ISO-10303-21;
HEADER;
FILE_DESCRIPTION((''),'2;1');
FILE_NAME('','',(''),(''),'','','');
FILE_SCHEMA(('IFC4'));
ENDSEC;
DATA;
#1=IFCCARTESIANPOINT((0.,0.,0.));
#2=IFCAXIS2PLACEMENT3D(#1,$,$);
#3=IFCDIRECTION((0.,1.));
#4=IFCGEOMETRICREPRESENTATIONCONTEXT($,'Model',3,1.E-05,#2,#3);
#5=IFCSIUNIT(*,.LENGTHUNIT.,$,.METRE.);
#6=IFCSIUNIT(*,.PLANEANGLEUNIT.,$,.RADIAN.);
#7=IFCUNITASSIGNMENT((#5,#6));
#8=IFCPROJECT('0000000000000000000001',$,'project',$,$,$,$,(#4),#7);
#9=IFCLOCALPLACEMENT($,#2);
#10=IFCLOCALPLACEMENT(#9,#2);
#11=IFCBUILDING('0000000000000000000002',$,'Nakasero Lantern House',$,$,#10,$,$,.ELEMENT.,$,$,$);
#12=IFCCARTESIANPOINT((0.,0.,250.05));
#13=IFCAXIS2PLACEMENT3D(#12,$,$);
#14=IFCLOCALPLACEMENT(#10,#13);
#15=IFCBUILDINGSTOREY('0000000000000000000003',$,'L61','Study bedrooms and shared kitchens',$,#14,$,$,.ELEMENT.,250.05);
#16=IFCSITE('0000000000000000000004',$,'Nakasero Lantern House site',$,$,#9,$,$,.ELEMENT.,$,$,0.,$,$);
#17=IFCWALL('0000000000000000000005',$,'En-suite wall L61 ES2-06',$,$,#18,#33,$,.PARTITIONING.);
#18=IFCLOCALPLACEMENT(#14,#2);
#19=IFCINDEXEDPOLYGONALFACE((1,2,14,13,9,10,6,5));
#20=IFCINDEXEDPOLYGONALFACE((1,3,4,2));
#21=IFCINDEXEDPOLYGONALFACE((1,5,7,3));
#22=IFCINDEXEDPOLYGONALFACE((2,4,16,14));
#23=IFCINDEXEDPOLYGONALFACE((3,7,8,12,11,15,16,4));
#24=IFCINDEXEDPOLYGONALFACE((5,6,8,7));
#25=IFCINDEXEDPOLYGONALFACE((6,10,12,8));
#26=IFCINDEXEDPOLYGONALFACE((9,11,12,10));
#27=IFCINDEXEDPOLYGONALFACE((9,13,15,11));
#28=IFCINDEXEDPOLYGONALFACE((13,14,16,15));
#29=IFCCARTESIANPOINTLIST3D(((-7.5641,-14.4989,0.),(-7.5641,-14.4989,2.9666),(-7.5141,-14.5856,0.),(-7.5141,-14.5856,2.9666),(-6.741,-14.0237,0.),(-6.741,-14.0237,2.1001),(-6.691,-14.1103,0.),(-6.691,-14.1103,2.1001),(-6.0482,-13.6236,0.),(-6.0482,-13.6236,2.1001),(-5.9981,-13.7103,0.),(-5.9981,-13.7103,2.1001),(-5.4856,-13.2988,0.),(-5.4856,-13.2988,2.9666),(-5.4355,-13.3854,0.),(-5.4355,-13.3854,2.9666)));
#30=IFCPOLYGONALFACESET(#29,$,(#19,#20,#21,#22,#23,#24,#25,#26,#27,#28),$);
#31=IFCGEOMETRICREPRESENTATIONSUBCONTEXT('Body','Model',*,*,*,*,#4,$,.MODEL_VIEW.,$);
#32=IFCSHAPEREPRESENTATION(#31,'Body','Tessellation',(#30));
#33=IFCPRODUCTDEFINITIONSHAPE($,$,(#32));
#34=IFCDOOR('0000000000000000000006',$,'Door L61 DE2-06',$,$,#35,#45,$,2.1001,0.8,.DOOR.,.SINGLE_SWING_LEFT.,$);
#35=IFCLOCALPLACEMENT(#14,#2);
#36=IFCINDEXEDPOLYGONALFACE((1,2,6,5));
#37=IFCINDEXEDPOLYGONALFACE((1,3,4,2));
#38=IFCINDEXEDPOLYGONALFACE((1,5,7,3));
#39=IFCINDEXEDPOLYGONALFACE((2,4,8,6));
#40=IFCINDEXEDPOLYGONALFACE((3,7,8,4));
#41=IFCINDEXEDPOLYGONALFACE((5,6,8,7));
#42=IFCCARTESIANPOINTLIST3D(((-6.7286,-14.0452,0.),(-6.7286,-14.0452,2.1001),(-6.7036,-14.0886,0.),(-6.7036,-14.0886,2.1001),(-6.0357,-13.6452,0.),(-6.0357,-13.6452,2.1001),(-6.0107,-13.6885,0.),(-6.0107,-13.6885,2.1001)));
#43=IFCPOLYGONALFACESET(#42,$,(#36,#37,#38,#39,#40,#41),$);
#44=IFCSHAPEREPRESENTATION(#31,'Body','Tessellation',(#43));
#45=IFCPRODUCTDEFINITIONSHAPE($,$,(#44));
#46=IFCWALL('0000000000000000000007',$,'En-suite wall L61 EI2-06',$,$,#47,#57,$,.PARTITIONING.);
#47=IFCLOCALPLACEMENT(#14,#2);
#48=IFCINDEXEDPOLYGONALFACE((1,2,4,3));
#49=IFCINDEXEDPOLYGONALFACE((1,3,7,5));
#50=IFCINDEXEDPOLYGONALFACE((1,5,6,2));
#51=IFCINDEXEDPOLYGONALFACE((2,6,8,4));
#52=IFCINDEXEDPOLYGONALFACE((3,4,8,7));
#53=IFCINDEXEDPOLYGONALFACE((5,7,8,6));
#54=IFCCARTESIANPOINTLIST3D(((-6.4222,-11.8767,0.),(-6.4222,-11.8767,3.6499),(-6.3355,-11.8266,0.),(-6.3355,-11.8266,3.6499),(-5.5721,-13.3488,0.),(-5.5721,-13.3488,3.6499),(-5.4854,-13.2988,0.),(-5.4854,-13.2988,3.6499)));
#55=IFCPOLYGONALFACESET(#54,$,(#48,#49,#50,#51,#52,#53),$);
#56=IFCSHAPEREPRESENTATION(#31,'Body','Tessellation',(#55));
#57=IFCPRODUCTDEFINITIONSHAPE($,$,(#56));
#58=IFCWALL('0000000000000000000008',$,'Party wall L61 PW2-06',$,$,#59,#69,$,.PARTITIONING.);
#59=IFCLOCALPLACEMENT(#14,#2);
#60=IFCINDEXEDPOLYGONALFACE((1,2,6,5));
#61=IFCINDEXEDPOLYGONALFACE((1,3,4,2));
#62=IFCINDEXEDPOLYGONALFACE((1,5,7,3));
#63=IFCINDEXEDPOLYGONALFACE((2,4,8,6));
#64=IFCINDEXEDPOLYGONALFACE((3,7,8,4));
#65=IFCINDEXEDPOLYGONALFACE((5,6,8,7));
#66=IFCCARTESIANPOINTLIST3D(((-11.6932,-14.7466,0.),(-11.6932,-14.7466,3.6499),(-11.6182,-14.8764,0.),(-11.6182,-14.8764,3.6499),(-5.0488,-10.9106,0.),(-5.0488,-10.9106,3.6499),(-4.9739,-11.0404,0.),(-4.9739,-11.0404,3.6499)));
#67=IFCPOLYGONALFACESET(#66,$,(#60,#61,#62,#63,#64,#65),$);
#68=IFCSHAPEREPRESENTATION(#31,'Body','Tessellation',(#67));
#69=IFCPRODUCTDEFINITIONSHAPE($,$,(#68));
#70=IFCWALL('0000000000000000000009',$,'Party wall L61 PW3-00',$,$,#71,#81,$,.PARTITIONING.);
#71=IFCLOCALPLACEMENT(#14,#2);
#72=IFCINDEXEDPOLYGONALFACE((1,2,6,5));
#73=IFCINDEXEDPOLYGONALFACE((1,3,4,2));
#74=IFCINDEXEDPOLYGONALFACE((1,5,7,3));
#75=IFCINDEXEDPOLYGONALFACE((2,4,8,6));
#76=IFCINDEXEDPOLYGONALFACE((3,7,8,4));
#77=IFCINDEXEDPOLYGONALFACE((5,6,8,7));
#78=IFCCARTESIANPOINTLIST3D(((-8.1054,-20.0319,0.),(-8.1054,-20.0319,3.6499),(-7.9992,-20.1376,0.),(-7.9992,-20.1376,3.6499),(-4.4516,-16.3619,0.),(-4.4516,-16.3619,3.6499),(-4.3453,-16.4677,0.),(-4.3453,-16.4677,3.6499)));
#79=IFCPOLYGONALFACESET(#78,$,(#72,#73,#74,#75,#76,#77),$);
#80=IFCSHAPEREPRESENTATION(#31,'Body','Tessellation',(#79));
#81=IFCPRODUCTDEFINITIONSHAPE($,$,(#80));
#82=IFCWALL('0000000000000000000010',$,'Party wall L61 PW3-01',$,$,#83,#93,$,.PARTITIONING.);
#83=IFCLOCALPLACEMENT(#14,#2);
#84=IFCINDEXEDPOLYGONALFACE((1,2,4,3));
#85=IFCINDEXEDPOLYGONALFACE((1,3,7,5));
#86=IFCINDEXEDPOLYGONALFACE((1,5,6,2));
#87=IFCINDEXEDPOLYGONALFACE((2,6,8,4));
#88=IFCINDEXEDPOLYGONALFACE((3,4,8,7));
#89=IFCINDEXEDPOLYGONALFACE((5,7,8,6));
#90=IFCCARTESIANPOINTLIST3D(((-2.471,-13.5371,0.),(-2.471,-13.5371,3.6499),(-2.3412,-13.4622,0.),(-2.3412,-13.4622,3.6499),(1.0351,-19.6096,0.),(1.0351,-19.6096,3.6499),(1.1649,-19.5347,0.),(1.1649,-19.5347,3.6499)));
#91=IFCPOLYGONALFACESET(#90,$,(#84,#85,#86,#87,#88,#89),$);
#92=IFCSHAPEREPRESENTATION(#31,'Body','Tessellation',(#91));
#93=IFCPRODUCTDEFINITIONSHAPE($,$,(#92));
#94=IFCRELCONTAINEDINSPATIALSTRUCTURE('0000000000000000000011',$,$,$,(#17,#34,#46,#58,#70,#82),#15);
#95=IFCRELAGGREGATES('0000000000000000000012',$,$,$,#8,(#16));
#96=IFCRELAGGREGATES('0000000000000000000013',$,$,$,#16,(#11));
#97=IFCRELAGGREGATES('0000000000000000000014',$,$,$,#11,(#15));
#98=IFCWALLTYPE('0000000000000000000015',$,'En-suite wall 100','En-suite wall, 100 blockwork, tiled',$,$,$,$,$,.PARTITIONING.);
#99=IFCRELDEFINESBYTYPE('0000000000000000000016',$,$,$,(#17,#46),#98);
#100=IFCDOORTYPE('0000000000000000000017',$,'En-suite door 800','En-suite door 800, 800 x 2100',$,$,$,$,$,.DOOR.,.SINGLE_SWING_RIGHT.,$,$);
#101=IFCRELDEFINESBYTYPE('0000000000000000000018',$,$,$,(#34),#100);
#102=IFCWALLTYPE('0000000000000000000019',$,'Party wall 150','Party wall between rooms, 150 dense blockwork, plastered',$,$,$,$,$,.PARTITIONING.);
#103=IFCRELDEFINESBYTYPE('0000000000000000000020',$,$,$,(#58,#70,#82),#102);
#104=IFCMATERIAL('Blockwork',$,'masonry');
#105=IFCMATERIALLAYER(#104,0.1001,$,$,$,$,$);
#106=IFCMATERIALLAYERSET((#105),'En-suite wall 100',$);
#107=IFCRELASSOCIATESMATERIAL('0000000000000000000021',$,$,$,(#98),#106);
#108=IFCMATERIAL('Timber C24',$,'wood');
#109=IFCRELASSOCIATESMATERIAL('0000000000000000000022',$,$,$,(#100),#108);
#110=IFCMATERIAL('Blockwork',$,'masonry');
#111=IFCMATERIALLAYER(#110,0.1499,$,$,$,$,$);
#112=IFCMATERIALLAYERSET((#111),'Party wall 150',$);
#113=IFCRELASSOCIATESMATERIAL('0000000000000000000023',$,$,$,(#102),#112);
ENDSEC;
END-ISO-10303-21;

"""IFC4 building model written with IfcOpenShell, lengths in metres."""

from ifc_helpers import new_model, si_unit, direction, frame, frame_2d, origin, place, context, subcontext, project, spatial, rectangle, extrude, material, layer, layer_set, type_object, element, fill, save


model = new_model("IFC4")

# Units and contexts
model_context = context("Model", 3, precision=1e-05, world=origin(), true_north=direction((0.0, 1.0)))
body_context = subcontext(model_context, "Body", "Model", "MODEL_VIEW")
ifc_project = project(units=[si_unit("LENGTHUNIT", "METRE"), si_unit("PLANEANGLEUNIT", "RADIAN")], contexts=[model_context])

# Site, building, storey
site_placement = place(None, origin())
site = spatial("IfcSite", under=ifc_project, at=site_placement, Name="Nakasero Lantern House site", CompositionType="ELEMENT", RefElevation=0.0)
building_placement = place(site_placement, origin())
building = spatial("IfcBuilding", under=site, at=building_placement, Name="Nakasero Lantern House", CompositionType="ELEMENT")
storey_placement = place(building_placement, frame((0.0, 0.0, 250.05)))
storey = spatial("IfcBuildingStorey", under=building, at=storey_placement, Name="L61", Description="Study bedrooms and shared kitchens", CompositionType="ELEMENT", Elevation=250.05)

# Wall, opening, door
ifc_material_1 = material(Name="Blockwork", Category="masonry")
ifc_layer_1 = layer(ifc_material_1, 0.1001)
ifc_layer_set_1 = layer_set([ifc_layer_1], Name="En-suite wall 100")
wall_type_1 = type_object("IfcWallType", Name="En-suite wall 100", Description="En-suite wall, 100 blockwork, tiled", PredefinedType="PARTITIONING", material=ifc_layer_set_1)
wall_1_placement = place(storey_placement, frame((-5.4604, -13.342, 0.0), z_axis=(0.0, 0.0, 1.0), x_axis=(-0.866006, -0.500034, 0.0)))
wall_1 = element("IfcWall", 1, at=wall_1_placement, inside=storey, type_object=wall_type_1, Name="En-suite wall L61 ES2-06", PredefinedType="PARTITIONING", context=body_context, shape_type="SweptSolid", body=[
    extrude(rectangle(XDim=2.4001, YDim=0.1001, at=frame_2d((1.2002, 0.0))), origin(), (0.0, 0.0, 1.0), 2.9666),
])
opening_1_placement = place(wall_1_placement, frame((0.6499, 0.0, 0.0)))
opening_1 = element("IfcOpeningElement", 2, at=opening_1_placement, cuts=wall_1, PredefinedType="OPENING", context=body_context, shape_type="SweptSolid", body=[
    extrude(rectangle(XDim=0.8, YDim=2.1001, at=frame_2d((0.3999, 1.05))), frame((0.0, 0.0701, 0.0), z_axis=(0.0, -1.0, 0.0), x_axis=(1.0, 0.0, 0.0)), (0.0, 0.0, 1.0), 0.1401),
])
ifc_material_2 = material(Name="Timber C24", Category="wood")
door_type_1 = type_object("IfcDoorType", Name="En-suite door 800", Description="En-suite door 800, 800 x 2100", OperationType="SINGLE_SWING_RIGHT", PredefinedType="DOOR", material=ifc_material_2)
door_1_placement = place(opening_1_placement, origin())
door_1 = element("IfcDoor", 3, at=door_1_placement, inside=storey, type_object=door_type_1, Name="Door L61 DE2-06", OperationType="SINGLE_SWING_LEFT", OverallHeight=2.1001, OverallWidth=0.8, PredefinedType="DOOR", context=body_context, shape_type="SweptSolid", body=[
    extrude(rectangle(XDim=0.8, YDim=2.1001, at=frame_2d((0.3999, 1.05))), frame((0.0, 0.0249, 0.0), z_axis=(0.0, -1.0, 0.0), x_axis=(1.0, 0.0, 0.0)), (0.0, 0.0, 1.0), 0.05),
])
fill(opening_1, door_1)

# Walls
wall_2_placement = place(storey_placement, frame((-6.3789, -11.8516, 0.0), z_axis=(0.0, 0.0, 1.0), x_axis=(0.500062, -0.865989, 0.0)))
element("IfcWall", 4, at=wall_2_placement, inside=storey, type_object=wall_type_1, Name="En-suite wall L61 EI2-06", PredefinedType="PARTITIONING", context=body_context, shape_type="SweptSolid", body=[
    extrude(rectangle(XDim=1.7, YDim=0.1001, at=frame_2d((0.8501, 0.0))), origin(), (0.0, 0.0, 1.0), 3.6499),
])
ifc_material_3 = material(Name="Blockwork", Category="masonry")
ifc_layer_2 = layer(ifc_material_3, 0.1499)
ifc_layer_set_2 = layer_set([ifc_layer_2], Name="Party wall 150")
wall_type_2 = type_object("IfcWallType", Name="Party wall 150", Description="Party wall between rooms, 150 dense blockwork, plastered", PredefinedType="PARTITIONING", material=ifc_layer_set_2)
wall_3_placement = place(storey_placement, frame((-5.0115, -10.9756, 0.0), z_axis=(0.0, 0.0, 1.0), x_axis=(-0.866034, -0.499986, 0.0)))
element("IfcWall", 5, at=wall_3_placement, inside=storey, type_object=wall_type_2, Name="Party wall L61 PW2-06", PredefinedType="PARTITIONING", context=body_context, shape_type="SweptSolid", body=[
    extrude(rectangle(XDim=7.6721, YDim=0.1499, at=frame_2d((3.8359, 0.0))), origin(), (0.0, 0.0, 1.0), 3.6499),
])
wall_4_placement = place(storey_placement, frame((-4.3984, -16.4148, 0.0), z_axis=(0.0, 0.0, 1.0), x_axis=(-0.705549, -0.708661, 0.0)))
element("IfcWall", 6, at=wall_4_placement, inside=storey, type_object=wall_type_2, Name="Party wall L61 PW3-00", PredefinedType="PARTITIONING", context=body_context, shape_type="SweptSolid", body=[
    extrude(rectangle(XDim=5.1787, YDim=0.1499, at=frame_2d((2.5894, 0.0))), origin(), (0.0, 0.0, 1.0), 3.6499),
])
wall_5_placement = place(storey_placement, frame((-2.406, -13.4998, 0.0), z_axis=(0.0, 0.0, 1.0), x_axis=(0.500015, -0.866017, 0.0)))
element("IfcWall", 7, at=wall_5_placement, inside=storey, type_object=wall_type_2, Name="Party wall L61 PW3-01", PredefinedType="PARTITIONING", context=body_context, shape_type="SweptSolid", body=[
    extrude(rectangle(XDim=7.012, YDim=0.1499, at=frame_2d((3.5059, 0.0))), origin(), (0.0, 0.0, 1.0), 3.6499),
])

save(model, "model.ifc")
